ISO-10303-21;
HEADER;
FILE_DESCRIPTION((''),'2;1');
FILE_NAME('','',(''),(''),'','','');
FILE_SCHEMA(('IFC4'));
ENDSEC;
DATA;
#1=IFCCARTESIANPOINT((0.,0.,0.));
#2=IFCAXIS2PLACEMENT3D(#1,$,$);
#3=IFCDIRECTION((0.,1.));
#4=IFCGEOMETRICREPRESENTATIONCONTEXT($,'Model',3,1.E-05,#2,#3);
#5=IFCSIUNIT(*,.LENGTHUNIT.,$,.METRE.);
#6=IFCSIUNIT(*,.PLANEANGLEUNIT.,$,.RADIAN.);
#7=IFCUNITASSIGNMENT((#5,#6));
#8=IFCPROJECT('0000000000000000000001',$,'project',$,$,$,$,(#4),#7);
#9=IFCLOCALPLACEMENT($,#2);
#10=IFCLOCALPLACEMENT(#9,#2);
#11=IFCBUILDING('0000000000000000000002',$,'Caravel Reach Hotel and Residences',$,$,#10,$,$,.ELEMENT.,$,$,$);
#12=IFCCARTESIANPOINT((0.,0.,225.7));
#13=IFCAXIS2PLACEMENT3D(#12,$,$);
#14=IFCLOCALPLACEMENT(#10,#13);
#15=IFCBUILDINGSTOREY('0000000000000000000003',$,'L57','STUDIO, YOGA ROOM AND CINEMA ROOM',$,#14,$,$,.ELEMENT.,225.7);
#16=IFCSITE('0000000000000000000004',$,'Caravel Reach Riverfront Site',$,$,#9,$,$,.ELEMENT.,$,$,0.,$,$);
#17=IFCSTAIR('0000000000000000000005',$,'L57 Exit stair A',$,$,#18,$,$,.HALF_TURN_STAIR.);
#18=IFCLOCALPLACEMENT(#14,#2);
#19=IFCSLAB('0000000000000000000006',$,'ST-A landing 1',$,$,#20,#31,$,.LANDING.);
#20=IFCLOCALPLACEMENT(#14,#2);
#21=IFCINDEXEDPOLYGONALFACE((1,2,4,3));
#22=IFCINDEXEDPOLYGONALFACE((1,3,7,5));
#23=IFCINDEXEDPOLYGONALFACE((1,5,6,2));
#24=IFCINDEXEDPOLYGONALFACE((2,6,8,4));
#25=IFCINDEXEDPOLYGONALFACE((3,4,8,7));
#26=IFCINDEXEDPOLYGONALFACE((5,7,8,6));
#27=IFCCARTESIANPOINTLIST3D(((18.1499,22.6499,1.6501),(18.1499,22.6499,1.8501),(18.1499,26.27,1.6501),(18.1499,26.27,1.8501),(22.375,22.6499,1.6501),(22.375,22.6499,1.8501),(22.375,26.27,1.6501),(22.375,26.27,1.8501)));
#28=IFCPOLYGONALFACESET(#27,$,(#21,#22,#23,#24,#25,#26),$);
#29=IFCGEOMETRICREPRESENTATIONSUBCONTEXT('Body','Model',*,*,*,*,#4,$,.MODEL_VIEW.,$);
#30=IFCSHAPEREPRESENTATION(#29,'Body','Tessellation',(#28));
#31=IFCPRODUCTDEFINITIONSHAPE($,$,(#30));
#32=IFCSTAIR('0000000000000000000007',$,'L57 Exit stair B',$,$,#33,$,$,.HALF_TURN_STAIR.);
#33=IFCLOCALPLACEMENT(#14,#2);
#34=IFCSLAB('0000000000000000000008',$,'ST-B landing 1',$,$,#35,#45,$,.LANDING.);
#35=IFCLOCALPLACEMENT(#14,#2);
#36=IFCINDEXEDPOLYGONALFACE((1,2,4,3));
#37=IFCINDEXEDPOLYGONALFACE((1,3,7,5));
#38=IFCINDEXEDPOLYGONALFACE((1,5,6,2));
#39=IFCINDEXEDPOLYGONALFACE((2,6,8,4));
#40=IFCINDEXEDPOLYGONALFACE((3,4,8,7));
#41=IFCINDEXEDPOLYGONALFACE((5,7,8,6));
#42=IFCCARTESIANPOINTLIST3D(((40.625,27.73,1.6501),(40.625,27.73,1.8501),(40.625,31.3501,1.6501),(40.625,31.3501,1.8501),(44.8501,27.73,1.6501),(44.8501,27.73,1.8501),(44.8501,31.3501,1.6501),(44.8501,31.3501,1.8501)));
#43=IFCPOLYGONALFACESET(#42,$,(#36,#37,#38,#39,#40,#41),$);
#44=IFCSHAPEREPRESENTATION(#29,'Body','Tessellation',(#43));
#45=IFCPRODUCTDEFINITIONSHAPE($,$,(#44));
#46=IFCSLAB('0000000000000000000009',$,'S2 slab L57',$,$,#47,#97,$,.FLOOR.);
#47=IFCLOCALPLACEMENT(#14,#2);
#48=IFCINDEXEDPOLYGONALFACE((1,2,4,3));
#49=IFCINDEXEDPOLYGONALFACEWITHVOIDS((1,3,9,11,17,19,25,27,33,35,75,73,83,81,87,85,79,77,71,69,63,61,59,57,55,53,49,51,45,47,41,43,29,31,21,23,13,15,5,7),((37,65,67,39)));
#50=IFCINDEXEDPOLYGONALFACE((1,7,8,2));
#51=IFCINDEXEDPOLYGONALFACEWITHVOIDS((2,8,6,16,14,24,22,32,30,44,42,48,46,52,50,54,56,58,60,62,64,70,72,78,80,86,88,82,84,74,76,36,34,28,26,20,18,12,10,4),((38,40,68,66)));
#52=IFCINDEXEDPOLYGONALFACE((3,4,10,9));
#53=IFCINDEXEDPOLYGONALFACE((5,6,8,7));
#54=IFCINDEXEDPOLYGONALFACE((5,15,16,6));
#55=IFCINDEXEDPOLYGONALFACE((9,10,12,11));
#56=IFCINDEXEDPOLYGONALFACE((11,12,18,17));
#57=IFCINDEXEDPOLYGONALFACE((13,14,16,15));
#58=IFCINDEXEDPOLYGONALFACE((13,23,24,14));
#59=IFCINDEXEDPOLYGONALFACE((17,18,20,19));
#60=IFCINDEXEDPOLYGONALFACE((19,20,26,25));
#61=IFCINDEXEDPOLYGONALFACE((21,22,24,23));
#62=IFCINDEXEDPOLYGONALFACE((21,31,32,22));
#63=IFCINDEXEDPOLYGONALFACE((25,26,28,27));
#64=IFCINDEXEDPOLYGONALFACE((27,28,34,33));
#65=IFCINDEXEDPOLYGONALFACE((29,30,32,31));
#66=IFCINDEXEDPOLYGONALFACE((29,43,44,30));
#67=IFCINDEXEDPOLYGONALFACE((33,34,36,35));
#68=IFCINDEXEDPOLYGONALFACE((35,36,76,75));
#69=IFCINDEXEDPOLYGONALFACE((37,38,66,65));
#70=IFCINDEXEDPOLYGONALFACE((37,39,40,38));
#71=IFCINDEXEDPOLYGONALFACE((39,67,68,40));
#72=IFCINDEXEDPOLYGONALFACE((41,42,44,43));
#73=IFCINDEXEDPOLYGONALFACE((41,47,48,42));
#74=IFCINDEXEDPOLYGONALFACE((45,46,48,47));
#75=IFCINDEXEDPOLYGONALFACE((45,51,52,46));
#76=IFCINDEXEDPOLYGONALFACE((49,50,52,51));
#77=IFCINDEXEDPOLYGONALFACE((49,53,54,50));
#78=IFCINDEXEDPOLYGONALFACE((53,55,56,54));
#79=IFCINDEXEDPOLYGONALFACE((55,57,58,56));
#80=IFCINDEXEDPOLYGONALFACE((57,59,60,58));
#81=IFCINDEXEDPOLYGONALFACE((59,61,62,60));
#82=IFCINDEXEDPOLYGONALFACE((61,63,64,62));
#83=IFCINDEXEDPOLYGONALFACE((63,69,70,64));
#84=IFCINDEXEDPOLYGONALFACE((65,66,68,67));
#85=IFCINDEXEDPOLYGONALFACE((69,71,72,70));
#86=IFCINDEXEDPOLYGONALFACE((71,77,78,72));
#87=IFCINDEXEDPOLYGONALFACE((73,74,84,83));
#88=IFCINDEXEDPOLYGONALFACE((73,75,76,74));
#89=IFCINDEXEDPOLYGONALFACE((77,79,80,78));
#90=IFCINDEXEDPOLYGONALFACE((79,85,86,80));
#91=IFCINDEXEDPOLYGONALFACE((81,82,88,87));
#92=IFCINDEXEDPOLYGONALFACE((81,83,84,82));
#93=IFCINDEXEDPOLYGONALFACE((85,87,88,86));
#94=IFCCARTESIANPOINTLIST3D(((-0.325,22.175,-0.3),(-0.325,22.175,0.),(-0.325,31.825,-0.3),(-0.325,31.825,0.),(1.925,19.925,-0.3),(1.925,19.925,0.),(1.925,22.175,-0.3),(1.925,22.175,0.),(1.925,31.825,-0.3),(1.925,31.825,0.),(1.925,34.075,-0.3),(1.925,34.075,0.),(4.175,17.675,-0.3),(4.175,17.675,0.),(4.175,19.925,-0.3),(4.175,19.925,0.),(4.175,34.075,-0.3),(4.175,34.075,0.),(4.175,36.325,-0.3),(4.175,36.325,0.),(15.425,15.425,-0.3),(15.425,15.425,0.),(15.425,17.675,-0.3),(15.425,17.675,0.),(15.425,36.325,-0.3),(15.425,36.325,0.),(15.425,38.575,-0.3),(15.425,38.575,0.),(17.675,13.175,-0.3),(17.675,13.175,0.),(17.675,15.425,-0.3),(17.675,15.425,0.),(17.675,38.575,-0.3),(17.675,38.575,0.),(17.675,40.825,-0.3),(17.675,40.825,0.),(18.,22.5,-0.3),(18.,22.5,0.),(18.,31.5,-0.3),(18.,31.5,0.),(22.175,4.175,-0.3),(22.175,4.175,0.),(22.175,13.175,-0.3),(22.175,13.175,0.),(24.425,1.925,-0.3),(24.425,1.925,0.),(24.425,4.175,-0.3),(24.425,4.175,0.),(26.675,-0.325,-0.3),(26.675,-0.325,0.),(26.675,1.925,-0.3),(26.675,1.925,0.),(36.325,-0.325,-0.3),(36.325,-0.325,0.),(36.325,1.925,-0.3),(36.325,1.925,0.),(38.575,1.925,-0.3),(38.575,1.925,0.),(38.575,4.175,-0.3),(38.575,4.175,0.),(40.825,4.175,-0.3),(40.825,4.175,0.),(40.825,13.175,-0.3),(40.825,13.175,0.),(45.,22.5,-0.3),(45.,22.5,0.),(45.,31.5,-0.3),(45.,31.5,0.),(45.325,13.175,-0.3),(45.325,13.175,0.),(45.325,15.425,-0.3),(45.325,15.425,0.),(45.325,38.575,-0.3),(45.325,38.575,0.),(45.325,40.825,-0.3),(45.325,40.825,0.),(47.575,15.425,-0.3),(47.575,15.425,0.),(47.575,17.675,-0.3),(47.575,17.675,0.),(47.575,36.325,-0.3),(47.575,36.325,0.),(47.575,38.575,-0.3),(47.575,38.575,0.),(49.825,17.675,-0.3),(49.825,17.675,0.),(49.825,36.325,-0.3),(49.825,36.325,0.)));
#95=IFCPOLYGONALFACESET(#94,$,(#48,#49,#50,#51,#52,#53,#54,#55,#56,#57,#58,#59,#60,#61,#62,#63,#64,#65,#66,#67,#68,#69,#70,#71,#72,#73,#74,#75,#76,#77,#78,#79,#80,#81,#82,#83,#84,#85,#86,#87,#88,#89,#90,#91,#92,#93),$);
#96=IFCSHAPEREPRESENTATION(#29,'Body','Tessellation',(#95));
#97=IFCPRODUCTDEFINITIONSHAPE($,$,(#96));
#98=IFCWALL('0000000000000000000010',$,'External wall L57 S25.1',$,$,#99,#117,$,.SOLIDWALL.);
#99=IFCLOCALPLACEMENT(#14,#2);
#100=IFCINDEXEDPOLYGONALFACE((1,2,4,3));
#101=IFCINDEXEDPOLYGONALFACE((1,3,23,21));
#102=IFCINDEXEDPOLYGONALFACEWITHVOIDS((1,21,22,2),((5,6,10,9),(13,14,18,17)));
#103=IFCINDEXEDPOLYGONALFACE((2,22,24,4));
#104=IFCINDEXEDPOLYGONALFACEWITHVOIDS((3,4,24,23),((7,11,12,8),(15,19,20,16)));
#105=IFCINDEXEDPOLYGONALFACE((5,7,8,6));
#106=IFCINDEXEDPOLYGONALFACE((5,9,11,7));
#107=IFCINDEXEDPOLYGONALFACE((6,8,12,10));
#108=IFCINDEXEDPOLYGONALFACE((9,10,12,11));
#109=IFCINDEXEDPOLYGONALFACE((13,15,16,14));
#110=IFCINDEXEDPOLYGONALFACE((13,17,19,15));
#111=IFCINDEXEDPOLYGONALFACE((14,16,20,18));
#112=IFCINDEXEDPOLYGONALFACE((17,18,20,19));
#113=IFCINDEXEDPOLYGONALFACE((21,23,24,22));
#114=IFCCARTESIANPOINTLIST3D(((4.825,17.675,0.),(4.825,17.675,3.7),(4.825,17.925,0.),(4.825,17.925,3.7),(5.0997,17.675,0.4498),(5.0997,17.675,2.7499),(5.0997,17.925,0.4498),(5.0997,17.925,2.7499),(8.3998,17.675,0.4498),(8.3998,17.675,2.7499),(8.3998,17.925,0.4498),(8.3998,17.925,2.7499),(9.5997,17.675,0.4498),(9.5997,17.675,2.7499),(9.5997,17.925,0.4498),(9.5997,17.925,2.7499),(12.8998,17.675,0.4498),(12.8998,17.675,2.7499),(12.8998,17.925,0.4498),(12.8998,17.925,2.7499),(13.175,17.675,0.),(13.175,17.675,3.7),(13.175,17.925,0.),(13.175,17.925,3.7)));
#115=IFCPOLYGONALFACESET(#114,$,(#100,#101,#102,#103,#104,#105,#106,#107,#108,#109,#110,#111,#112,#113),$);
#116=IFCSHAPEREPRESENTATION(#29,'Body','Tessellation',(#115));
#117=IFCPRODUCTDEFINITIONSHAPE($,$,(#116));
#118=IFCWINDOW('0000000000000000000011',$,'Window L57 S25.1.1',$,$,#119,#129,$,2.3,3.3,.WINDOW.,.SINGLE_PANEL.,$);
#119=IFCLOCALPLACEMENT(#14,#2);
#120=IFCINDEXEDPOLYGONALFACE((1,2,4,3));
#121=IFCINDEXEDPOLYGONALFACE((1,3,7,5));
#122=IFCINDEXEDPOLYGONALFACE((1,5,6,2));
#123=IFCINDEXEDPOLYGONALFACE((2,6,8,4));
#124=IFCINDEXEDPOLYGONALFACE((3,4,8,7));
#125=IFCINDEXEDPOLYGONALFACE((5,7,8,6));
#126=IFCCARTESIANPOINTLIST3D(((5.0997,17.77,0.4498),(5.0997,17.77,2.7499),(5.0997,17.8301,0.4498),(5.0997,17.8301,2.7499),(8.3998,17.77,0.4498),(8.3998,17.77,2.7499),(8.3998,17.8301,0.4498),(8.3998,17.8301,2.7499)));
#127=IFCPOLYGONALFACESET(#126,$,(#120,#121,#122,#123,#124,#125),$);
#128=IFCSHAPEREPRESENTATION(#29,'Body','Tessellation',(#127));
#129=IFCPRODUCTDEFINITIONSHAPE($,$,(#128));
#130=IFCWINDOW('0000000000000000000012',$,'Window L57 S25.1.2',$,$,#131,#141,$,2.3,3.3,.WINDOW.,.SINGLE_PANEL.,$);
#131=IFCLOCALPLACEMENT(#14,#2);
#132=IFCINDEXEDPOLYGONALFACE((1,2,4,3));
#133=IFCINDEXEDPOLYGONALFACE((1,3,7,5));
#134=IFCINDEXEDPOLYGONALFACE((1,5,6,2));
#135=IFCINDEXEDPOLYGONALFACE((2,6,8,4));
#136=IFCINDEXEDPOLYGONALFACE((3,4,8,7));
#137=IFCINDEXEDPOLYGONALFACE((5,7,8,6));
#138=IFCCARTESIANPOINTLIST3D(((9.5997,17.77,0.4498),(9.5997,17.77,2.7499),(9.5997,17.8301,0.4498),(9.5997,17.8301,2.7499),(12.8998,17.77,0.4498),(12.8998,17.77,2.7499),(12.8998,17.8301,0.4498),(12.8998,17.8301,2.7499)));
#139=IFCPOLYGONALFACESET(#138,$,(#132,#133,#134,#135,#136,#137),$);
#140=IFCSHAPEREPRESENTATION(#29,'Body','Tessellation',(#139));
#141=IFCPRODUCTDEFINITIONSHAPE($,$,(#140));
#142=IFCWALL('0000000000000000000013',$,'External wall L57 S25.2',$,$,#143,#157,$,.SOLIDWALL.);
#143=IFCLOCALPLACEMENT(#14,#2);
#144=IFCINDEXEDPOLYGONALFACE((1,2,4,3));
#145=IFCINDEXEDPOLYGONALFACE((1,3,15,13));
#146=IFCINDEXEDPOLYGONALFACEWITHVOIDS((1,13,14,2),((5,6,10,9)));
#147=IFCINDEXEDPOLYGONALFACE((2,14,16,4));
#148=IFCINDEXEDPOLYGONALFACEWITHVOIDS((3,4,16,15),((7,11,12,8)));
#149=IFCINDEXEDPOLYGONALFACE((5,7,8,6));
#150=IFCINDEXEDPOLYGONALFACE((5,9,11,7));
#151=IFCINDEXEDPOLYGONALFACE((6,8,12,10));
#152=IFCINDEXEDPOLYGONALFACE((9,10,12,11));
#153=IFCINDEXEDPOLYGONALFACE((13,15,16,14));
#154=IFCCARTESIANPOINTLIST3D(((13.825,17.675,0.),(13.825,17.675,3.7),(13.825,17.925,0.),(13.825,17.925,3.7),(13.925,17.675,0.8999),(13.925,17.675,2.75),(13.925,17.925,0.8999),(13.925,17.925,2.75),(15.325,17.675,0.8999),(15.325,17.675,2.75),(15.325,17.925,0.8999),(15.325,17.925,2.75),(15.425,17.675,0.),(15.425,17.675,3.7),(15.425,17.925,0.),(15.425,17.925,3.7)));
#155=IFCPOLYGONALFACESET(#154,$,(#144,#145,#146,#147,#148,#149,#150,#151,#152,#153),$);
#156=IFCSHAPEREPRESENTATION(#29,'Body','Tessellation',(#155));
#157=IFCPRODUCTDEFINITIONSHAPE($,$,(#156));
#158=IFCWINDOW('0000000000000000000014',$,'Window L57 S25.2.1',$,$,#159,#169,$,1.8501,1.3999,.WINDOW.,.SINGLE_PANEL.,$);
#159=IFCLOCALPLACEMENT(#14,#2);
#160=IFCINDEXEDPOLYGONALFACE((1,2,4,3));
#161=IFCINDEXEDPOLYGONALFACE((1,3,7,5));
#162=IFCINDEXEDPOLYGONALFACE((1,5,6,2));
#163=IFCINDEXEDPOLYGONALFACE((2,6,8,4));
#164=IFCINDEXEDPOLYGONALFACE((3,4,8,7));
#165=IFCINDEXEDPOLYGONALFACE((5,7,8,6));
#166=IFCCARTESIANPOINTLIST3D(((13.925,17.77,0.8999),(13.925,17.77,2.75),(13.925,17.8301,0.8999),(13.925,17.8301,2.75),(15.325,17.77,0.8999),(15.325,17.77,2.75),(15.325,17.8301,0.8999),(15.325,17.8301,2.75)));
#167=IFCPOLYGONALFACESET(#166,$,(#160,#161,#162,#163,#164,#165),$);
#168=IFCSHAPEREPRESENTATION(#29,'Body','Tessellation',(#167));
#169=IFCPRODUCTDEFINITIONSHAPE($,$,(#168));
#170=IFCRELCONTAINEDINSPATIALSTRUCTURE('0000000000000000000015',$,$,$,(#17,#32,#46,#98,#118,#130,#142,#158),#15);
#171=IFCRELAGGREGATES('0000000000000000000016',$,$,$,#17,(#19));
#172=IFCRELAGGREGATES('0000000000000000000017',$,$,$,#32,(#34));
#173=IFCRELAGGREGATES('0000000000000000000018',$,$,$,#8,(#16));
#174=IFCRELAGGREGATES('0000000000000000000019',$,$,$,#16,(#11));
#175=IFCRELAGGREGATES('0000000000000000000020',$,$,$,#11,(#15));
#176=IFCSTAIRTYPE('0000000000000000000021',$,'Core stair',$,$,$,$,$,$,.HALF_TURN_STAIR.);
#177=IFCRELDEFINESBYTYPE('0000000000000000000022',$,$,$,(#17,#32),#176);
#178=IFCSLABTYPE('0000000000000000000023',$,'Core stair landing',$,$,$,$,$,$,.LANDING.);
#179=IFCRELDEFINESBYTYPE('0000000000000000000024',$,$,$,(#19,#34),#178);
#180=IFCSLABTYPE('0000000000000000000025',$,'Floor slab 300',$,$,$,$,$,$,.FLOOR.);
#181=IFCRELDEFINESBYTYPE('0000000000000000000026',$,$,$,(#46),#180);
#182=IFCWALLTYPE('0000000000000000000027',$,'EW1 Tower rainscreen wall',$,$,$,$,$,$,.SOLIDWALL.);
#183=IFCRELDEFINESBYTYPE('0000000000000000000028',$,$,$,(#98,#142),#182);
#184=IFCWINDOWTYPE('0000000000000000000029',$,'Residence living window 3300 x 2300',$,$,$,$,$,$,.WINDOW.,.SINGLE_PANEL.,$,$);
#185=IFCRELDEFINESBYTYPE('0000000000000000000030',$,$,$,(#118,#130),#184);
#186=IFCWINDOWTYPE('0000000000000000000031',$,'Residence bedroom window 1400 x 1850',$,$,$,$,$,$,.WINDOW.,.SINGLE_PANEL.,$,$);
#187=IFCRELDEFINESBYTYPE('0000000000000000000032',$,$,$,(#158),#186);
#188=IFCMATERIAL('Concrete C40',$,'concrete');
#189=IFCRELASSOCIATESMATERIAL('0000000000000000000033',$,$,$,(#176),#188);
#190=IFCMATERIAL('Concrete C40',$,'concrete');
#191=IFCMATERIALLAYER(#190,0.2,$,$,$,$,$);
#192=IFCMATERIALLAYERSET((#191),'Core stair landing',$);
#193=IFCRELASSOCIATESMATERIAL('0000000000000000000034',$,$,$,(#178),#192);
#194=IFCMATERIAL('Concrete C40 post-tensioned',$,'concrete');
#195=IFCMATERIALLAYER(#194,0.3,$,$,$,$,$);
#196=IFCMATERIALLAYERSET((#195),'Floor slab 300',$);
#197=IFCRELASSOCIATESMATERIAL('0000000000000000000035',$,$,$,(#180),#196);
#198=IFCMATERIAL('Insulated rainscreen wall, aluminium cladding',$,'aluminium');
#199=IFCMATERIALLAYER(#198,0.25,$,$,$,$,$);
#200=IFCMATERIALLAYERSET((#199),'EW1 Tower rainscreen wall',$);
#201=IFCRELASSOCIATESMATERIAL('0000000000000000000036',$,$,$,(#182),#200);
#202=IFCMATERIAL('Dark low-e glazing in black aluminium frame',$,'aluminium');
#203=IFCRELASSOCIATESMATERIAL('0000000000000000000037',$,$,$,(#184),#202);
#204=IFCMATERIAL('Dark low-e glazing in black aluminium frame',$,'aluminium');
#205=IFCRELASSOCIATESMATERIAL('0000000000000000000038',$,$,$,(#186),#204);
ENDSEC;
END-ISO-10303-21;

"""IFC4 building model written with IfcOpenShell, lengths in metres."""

from ifc_helpers import new_model, si_unit, direction, frame, frame_2d, origin, place, context, subcontext, project, spatial, polyline, rectangle, outline, extrude, material, layer, layer_set, type_object, element, fill, aggregate, save


model = new_model("IFC4")

# Units and contexts
model_context = context("Model", 3, precision=1e-05, world=origin(), true_north=direction((0.0, 1.0)))
body_context = subcontext(model_context, "Body", "Model", "MODEL_VIEW")
ifc_project = project(units=[si_unit("LENGTHUNIT", "METRE"), si_unit("PLANEANGLEUNIT", "RADIAN")], contexts=[model_context])

# Site, building, storey
site_placement = place(None, origin())
site = spatial("IfcSite", under=ifc_project, at=site_placement, Name="Caravel Reach Riverfront Site", CompositionType="ELEMENT", RefElevation=0.0)
building_placement = place(site_placement, origin())
building = spatial("IfcBuilding", under=site, at=building_placement, Name="Caravel Reach Hotel and Residences", CompositionType="ELEMENT")
storey_placement = place(building_placement, frame((0.0, 0.0, 225.7)))
storey = spatial("IfcBuildingStorey", under=building, at=storey_placement, Name="L57", Description="STUDIO, YOGA ROOM AND CINEMA ROOM", CompositionType="ELEMENT", Elevation=225.7)

# Stairs, slabs
ifc_material_1 = material(Name="Concrete C40", Category="concrete")
stair_type = type_object("IfcStairType", Name="Core stair", PredefinedType="HALF_TURN_STAIR", material=ifc_material_1)
stair_1_placement = place(storey_placement, origin())
stair_1 = element("IfcStair", 1, at=stair_1_placement, inside=storey, type_object=stair_type, Name="L57 Exit stair A", PredefinedType="HALF_TURN_STAIR")
ifc_material_2 = material(Name="Concrete C40", Category="concrete")
ifc_layer_1 = layer(ifc_material_2, 0.2)
ifc_layer_set_1 = layer_set([ifc_layer_1], Name="Core stair landing")
slab_type_1 = type_object("IfcSlabType", Name="Core stair landing", PredefinedType="LANDING", material=ifc_layer_set_1)
slab_1_placement = place(storey_placement, frame((0.0, 0.0, 1.6501)))
slab_1 = element("IfcSlab", 2, at=slab_1_placement, type_object=slab_type_1, Name="ST-A landing 1", PredefinedType="LANDING", context=body_context, shape_type="SweptSolid", body=[
    extrude(outline(polyline([(18.1499, 26.27), (18.1499, 22.6499), (22.375, 22.6499), (22.375, 26.27), (18.1499, 26.27)])), origin(), (0.0, 0.0, 1.0), 0.2),
])
aggregate(stair_1, [slab_1])
stair_2_placement = place(storey_placement, origin())
stair_2 = element("IfcStair", 3, at=stair_2_placement, inside=storey, type_object=stair_type, Name="L57 Exit stair B", PredefinedType="HALF_TURN_STAIR")
slab_2_placement = place(storey_placement, frame((0.0, 0.0, 1.6501)))
slab_2 = element("IfcSlab", 4, at=slab_2_placement, type_object=slab_type_1, Name="ST-B landing 1", PredefinedType="LANDING", context=body_context, shape_type="SweptSolid", body=[
    extrude(outline(polyline([(44.8501, 27.73), (44.8501, 31.3501), (40.625, 31.3501), (40.625, 27.73), (44.8501, 27.73)])), origin(), (0.0, 0.0, 1.0), 0.2),
])
aggregate(stair_2, [slab_2])

# Slab
ifc_material_3 = material(Name="Concrete C40 post-tensioned", Category="concrete")
ifc_layer_2 = layer(ifc_material_3, 0.3)
ifc_layer_set_2 = layer_set([ifc_layer_2], Name="Floor slab 300")
slab_type_2 = type_object("IfcSlabType", Name="Floor slab 300", PredefinedType="FLOOR", material=ifc_layer_set_2)
slab_3_placement = place(storey_placement, frame((0.0, 0.0, -0.3)))
element("IfcSlab", 5, at=slab_3_placement, inside=storey, type_object=slab_type_2, Name="S2 slab L57", PredefinedType="FLOOR", context=body_context, shape_type="SweptSolid", body=[
    extrude(outline(polyline([(38.575, 4.175), (38.575, 1.925), (36.325, 1.925), (36.325, -0.325), (26.675, -0.325), (26.675, 1.925), (24.425, 1.925), (24.425, 4.175), (22.175, 4.175), (22.175, 13.175), (17.675, 13.175), (17.675, 15.425), (15.425, 15.425), (15.425, 17.675), (4.175, 17.675), (4.175, 19.925), (1.925, 19.925), (1.925, 22.175), (-0.325, 22.175), (-0.325, 31.825), (1.925, 31.825), (1.925, 34.075), (4.175, 34.075), (4.175, 36.325), (15.425, 36.325), (15.425, 38.575), (17.675, 38.575), (17.675, 40.825), (45.325, 40.825), (45.325, 38.575), (47.575, 38.575), (47.575, 36.325), (49.825, 36.325), (49.825, 17.675), (47.575, 17.675), (47.575, 15.425), (45.325, 15.425), (45.325, 13.175), (40.825, 13.175), (40.825, 4.175), (38.575, 4.175)]), holes=[polyline([(45.0, 31.5), (18.0, 31.5), (18.0, 22.5), (45.0, 22.5), (45.0, 31.5)])]), origin(), (0.0, 0.0, 1.0), 0.3),
])

# Wall, openings, windows
ifc_material_4 = material(Name="Insulated rainscreen wall, aluminium cladding", Category="aluminium")
ifc_layer_3 = layer(ifc_material_4, 0.25)
ifc_layer_set_3 = layer_set([ifc_layer_3], Name="EW1 Tower rainscreen wall")
wall_type_1 = type_object("IfcWallType", Name="EW1 Tower rainscreen wall", PredefinedType="SOLIDWALL", material=ifc_layer_set_3)
wall_1_placement = place(storey_placement, frame((4.825, 17.8, 0.0), z_axis=(0.0, 0.0, 1.0), x_axis=(1.0, 0.0, 0.0)))
wall_1 = element("IfcWall", 6, at=wall_1_placement, inside=storey, type_object=wall_type_1, Name="External wall L57 S25.1", PredefinedType="SOLIDWALL", context=body_context, shape_type="SweptSolid", body=[
    extrude(rectangle(XDim=8.3501, YDim=0.25, at=frame_2d((4.175, 0.0))), origin(), (0.0, 0.0, 1.0), 3.7),
])
opening_1_placement = place(wall_1_placement, frame((0.2749, 0.0, 0.45)))
opening_1 = element("IfcOpeningElement", 7, at=opening_1_placement, cuts=wall_1, PredefinedType="OPENING", context=body_context, shape_type="SweptSolid", body=[
    extrude(rectangle(XDim=3.3, YDim=2.3, at=frame_2d((1.6499, 1.1499))), frame((0.0, 0.135, 0.0), z_axis=(0.0, -1.0, 0.0), x_axis=(1.0, 0.0, 0.0)), (0.0, 0.0, 1.0), 0.27),
])
opening_2_placement = place(wall_1_placement, frame((4.7749, 0.0, 0.45)))
opening_2 = element("IfcOpeningElement", 8, at=opening_2_placement, cuts=wall_1, PredefinedType="OPENING", context=body_context, shape_type="SweptSolid", body=[
    extrude(rectangle(XDim=3.3, YDim=2.3, at=frame_2d((1.6499, 1.1499))), frame((0.0, 0.135, 0.0), z_axis=(0.0, -1.0, 0.0), x_axis=(1.0, 0.0, 0.0)), (0.0, 0.0, 1.0), 0.27),
])
ifc_material_5 = material(Name="Dark low-e glazing in black aluminium frame", Category="aluminium")
window_type_1 = type_object("IfcWindowType", Name="Residence living window 3300 x 2300", PartitioningType="SINGLE_PANEL", PredefinedType="WINDOW", material=ifc_material_5)
window_1_placement = place(opening_1_placement, origin())
window_1 = element("IfcWindow", 9, at=window_1_placement, inside=storey, type_object=window_type_1, Name="Window L57 S25.1.1", OverallHeight=2.3, OverallWidth=3.3, PartitioningType="SINGLE_PANEL", PredefinedType="WINDOW", context=body_context, shape_type="SweptSolid", body=[
    extrude(rectangle(XDim=3.3, YDim=2.3, at=frame_2d((1.6499, 1.1499))), frame((0.0, 0.03, 0.0), z_axis=(0.0, -1.0, 0.0), x_axis=(1.0, 0.0, 0.0)), (0.0, 0.0, 1.0), 0.0601),
])
fill(opening_1, window_1)
window_2_placement = place(opening_2_placement, origin())
window_2 = element("IfcWindow", 10, at=window_2_placement, inside=storey, type_object=window_type_1, Name="Window L57 S25.1.2", OverallHeight=2.3, OverallWidth=3.3, PartitioningType="SINGLE_PANEL", PredefinedType="WINDOW", context=body_context, shape_type="SweptSolid", body=[
    extrude(rectangle(XDim=3.3, YDim=2.3, at=frame_2d((1.6499, 1.1499))), frame((0.0, 0.03, 0.0), z_axis=(0.0, -1.0, 0.0), x_axis=(1.0, 0.0, 0.0)), (0.0, 0.0, 1.0), 0.0601),
])
fill(opening_2, window_2)

# Wall, opening, window
wall_2_placement = place(storey_placement, frame((13.825, 17.8, 0.0), z_axis=(0.0, 0.0, 1.0), x_axis=(1.0, 0.0, 0.0)))
wall_2 = element("IfcWall", 11, at=wall_2_placement, inside=storey, type_object=wall_type_1, Name="External wall L57 S25.2", PredefinedType="SOLIDWALL", context=body_context, shape_type="SweptSolid", body=[
    extrude(rectangle(XDim=1.6001, YDim=0.25, at=frame_2d((0.8, 0.0))), origin(), (0.0, 0.0, 1.0), 3.7),
])
opening_3_placement = place(wall_2_placement, frame((0.1001, 0.0, 0.8999)))
opening_3 = element("IfcOpeningElement", 12, at=opening_3_placement, cuts=wall_2, PredefinedType="OPENING", context=body_context, shape_type="SweptSolid", body=[
    extrude(rectangle(XDim=1.3999, YDim=1.8501, at=frame_2d((0.7, 0.925))), frame((0.0, 0.135, 0.0), z_axis=(0.0, -1.0, 0.0), x_axis=(1.0, 0.0, 0.0)), (0.0, 0.0, 1.0), 0.27),
])
ifc_material_6 = material(Name="Dark low-e glazing in black aluminium frame", Category="aluminium")
window_type_2 = type_object("IfcWindowType", Name="Residence bedroom window 1400 x 1850", PartitioningType="SINGLE_PANEL", PredefinedType="WINDOW", material=ifc_material_6)
window_3_placement = place(opening_3_placement, origin())
window_3 = element("IfcWindow", 13, at=window_3_placement, inside=storey, type_object=window_type_2, Name="Window L57 S25.2.1", OverallHeight=1.8501, OverallWidth=1.3999, PartitioningType="SINGLE_PANEL", PredefinedType="WINDOW", context=body_context, shape_type="SweptSolid", body=[
    extrude(rectangle(XDim=1.3999, YDim=1.8501, at=frame_2d((0.7, 0.925))), frame((0.0, 0.03, 0.0), z_axis=(0.0, -1.0, 0.0), x_axis=(1.0, 0.0, 0.0)), (0.0, 0.0, 1.0), 0.0601),
])
fill(opening_3, window_3)

save(model, "model.ifc")
